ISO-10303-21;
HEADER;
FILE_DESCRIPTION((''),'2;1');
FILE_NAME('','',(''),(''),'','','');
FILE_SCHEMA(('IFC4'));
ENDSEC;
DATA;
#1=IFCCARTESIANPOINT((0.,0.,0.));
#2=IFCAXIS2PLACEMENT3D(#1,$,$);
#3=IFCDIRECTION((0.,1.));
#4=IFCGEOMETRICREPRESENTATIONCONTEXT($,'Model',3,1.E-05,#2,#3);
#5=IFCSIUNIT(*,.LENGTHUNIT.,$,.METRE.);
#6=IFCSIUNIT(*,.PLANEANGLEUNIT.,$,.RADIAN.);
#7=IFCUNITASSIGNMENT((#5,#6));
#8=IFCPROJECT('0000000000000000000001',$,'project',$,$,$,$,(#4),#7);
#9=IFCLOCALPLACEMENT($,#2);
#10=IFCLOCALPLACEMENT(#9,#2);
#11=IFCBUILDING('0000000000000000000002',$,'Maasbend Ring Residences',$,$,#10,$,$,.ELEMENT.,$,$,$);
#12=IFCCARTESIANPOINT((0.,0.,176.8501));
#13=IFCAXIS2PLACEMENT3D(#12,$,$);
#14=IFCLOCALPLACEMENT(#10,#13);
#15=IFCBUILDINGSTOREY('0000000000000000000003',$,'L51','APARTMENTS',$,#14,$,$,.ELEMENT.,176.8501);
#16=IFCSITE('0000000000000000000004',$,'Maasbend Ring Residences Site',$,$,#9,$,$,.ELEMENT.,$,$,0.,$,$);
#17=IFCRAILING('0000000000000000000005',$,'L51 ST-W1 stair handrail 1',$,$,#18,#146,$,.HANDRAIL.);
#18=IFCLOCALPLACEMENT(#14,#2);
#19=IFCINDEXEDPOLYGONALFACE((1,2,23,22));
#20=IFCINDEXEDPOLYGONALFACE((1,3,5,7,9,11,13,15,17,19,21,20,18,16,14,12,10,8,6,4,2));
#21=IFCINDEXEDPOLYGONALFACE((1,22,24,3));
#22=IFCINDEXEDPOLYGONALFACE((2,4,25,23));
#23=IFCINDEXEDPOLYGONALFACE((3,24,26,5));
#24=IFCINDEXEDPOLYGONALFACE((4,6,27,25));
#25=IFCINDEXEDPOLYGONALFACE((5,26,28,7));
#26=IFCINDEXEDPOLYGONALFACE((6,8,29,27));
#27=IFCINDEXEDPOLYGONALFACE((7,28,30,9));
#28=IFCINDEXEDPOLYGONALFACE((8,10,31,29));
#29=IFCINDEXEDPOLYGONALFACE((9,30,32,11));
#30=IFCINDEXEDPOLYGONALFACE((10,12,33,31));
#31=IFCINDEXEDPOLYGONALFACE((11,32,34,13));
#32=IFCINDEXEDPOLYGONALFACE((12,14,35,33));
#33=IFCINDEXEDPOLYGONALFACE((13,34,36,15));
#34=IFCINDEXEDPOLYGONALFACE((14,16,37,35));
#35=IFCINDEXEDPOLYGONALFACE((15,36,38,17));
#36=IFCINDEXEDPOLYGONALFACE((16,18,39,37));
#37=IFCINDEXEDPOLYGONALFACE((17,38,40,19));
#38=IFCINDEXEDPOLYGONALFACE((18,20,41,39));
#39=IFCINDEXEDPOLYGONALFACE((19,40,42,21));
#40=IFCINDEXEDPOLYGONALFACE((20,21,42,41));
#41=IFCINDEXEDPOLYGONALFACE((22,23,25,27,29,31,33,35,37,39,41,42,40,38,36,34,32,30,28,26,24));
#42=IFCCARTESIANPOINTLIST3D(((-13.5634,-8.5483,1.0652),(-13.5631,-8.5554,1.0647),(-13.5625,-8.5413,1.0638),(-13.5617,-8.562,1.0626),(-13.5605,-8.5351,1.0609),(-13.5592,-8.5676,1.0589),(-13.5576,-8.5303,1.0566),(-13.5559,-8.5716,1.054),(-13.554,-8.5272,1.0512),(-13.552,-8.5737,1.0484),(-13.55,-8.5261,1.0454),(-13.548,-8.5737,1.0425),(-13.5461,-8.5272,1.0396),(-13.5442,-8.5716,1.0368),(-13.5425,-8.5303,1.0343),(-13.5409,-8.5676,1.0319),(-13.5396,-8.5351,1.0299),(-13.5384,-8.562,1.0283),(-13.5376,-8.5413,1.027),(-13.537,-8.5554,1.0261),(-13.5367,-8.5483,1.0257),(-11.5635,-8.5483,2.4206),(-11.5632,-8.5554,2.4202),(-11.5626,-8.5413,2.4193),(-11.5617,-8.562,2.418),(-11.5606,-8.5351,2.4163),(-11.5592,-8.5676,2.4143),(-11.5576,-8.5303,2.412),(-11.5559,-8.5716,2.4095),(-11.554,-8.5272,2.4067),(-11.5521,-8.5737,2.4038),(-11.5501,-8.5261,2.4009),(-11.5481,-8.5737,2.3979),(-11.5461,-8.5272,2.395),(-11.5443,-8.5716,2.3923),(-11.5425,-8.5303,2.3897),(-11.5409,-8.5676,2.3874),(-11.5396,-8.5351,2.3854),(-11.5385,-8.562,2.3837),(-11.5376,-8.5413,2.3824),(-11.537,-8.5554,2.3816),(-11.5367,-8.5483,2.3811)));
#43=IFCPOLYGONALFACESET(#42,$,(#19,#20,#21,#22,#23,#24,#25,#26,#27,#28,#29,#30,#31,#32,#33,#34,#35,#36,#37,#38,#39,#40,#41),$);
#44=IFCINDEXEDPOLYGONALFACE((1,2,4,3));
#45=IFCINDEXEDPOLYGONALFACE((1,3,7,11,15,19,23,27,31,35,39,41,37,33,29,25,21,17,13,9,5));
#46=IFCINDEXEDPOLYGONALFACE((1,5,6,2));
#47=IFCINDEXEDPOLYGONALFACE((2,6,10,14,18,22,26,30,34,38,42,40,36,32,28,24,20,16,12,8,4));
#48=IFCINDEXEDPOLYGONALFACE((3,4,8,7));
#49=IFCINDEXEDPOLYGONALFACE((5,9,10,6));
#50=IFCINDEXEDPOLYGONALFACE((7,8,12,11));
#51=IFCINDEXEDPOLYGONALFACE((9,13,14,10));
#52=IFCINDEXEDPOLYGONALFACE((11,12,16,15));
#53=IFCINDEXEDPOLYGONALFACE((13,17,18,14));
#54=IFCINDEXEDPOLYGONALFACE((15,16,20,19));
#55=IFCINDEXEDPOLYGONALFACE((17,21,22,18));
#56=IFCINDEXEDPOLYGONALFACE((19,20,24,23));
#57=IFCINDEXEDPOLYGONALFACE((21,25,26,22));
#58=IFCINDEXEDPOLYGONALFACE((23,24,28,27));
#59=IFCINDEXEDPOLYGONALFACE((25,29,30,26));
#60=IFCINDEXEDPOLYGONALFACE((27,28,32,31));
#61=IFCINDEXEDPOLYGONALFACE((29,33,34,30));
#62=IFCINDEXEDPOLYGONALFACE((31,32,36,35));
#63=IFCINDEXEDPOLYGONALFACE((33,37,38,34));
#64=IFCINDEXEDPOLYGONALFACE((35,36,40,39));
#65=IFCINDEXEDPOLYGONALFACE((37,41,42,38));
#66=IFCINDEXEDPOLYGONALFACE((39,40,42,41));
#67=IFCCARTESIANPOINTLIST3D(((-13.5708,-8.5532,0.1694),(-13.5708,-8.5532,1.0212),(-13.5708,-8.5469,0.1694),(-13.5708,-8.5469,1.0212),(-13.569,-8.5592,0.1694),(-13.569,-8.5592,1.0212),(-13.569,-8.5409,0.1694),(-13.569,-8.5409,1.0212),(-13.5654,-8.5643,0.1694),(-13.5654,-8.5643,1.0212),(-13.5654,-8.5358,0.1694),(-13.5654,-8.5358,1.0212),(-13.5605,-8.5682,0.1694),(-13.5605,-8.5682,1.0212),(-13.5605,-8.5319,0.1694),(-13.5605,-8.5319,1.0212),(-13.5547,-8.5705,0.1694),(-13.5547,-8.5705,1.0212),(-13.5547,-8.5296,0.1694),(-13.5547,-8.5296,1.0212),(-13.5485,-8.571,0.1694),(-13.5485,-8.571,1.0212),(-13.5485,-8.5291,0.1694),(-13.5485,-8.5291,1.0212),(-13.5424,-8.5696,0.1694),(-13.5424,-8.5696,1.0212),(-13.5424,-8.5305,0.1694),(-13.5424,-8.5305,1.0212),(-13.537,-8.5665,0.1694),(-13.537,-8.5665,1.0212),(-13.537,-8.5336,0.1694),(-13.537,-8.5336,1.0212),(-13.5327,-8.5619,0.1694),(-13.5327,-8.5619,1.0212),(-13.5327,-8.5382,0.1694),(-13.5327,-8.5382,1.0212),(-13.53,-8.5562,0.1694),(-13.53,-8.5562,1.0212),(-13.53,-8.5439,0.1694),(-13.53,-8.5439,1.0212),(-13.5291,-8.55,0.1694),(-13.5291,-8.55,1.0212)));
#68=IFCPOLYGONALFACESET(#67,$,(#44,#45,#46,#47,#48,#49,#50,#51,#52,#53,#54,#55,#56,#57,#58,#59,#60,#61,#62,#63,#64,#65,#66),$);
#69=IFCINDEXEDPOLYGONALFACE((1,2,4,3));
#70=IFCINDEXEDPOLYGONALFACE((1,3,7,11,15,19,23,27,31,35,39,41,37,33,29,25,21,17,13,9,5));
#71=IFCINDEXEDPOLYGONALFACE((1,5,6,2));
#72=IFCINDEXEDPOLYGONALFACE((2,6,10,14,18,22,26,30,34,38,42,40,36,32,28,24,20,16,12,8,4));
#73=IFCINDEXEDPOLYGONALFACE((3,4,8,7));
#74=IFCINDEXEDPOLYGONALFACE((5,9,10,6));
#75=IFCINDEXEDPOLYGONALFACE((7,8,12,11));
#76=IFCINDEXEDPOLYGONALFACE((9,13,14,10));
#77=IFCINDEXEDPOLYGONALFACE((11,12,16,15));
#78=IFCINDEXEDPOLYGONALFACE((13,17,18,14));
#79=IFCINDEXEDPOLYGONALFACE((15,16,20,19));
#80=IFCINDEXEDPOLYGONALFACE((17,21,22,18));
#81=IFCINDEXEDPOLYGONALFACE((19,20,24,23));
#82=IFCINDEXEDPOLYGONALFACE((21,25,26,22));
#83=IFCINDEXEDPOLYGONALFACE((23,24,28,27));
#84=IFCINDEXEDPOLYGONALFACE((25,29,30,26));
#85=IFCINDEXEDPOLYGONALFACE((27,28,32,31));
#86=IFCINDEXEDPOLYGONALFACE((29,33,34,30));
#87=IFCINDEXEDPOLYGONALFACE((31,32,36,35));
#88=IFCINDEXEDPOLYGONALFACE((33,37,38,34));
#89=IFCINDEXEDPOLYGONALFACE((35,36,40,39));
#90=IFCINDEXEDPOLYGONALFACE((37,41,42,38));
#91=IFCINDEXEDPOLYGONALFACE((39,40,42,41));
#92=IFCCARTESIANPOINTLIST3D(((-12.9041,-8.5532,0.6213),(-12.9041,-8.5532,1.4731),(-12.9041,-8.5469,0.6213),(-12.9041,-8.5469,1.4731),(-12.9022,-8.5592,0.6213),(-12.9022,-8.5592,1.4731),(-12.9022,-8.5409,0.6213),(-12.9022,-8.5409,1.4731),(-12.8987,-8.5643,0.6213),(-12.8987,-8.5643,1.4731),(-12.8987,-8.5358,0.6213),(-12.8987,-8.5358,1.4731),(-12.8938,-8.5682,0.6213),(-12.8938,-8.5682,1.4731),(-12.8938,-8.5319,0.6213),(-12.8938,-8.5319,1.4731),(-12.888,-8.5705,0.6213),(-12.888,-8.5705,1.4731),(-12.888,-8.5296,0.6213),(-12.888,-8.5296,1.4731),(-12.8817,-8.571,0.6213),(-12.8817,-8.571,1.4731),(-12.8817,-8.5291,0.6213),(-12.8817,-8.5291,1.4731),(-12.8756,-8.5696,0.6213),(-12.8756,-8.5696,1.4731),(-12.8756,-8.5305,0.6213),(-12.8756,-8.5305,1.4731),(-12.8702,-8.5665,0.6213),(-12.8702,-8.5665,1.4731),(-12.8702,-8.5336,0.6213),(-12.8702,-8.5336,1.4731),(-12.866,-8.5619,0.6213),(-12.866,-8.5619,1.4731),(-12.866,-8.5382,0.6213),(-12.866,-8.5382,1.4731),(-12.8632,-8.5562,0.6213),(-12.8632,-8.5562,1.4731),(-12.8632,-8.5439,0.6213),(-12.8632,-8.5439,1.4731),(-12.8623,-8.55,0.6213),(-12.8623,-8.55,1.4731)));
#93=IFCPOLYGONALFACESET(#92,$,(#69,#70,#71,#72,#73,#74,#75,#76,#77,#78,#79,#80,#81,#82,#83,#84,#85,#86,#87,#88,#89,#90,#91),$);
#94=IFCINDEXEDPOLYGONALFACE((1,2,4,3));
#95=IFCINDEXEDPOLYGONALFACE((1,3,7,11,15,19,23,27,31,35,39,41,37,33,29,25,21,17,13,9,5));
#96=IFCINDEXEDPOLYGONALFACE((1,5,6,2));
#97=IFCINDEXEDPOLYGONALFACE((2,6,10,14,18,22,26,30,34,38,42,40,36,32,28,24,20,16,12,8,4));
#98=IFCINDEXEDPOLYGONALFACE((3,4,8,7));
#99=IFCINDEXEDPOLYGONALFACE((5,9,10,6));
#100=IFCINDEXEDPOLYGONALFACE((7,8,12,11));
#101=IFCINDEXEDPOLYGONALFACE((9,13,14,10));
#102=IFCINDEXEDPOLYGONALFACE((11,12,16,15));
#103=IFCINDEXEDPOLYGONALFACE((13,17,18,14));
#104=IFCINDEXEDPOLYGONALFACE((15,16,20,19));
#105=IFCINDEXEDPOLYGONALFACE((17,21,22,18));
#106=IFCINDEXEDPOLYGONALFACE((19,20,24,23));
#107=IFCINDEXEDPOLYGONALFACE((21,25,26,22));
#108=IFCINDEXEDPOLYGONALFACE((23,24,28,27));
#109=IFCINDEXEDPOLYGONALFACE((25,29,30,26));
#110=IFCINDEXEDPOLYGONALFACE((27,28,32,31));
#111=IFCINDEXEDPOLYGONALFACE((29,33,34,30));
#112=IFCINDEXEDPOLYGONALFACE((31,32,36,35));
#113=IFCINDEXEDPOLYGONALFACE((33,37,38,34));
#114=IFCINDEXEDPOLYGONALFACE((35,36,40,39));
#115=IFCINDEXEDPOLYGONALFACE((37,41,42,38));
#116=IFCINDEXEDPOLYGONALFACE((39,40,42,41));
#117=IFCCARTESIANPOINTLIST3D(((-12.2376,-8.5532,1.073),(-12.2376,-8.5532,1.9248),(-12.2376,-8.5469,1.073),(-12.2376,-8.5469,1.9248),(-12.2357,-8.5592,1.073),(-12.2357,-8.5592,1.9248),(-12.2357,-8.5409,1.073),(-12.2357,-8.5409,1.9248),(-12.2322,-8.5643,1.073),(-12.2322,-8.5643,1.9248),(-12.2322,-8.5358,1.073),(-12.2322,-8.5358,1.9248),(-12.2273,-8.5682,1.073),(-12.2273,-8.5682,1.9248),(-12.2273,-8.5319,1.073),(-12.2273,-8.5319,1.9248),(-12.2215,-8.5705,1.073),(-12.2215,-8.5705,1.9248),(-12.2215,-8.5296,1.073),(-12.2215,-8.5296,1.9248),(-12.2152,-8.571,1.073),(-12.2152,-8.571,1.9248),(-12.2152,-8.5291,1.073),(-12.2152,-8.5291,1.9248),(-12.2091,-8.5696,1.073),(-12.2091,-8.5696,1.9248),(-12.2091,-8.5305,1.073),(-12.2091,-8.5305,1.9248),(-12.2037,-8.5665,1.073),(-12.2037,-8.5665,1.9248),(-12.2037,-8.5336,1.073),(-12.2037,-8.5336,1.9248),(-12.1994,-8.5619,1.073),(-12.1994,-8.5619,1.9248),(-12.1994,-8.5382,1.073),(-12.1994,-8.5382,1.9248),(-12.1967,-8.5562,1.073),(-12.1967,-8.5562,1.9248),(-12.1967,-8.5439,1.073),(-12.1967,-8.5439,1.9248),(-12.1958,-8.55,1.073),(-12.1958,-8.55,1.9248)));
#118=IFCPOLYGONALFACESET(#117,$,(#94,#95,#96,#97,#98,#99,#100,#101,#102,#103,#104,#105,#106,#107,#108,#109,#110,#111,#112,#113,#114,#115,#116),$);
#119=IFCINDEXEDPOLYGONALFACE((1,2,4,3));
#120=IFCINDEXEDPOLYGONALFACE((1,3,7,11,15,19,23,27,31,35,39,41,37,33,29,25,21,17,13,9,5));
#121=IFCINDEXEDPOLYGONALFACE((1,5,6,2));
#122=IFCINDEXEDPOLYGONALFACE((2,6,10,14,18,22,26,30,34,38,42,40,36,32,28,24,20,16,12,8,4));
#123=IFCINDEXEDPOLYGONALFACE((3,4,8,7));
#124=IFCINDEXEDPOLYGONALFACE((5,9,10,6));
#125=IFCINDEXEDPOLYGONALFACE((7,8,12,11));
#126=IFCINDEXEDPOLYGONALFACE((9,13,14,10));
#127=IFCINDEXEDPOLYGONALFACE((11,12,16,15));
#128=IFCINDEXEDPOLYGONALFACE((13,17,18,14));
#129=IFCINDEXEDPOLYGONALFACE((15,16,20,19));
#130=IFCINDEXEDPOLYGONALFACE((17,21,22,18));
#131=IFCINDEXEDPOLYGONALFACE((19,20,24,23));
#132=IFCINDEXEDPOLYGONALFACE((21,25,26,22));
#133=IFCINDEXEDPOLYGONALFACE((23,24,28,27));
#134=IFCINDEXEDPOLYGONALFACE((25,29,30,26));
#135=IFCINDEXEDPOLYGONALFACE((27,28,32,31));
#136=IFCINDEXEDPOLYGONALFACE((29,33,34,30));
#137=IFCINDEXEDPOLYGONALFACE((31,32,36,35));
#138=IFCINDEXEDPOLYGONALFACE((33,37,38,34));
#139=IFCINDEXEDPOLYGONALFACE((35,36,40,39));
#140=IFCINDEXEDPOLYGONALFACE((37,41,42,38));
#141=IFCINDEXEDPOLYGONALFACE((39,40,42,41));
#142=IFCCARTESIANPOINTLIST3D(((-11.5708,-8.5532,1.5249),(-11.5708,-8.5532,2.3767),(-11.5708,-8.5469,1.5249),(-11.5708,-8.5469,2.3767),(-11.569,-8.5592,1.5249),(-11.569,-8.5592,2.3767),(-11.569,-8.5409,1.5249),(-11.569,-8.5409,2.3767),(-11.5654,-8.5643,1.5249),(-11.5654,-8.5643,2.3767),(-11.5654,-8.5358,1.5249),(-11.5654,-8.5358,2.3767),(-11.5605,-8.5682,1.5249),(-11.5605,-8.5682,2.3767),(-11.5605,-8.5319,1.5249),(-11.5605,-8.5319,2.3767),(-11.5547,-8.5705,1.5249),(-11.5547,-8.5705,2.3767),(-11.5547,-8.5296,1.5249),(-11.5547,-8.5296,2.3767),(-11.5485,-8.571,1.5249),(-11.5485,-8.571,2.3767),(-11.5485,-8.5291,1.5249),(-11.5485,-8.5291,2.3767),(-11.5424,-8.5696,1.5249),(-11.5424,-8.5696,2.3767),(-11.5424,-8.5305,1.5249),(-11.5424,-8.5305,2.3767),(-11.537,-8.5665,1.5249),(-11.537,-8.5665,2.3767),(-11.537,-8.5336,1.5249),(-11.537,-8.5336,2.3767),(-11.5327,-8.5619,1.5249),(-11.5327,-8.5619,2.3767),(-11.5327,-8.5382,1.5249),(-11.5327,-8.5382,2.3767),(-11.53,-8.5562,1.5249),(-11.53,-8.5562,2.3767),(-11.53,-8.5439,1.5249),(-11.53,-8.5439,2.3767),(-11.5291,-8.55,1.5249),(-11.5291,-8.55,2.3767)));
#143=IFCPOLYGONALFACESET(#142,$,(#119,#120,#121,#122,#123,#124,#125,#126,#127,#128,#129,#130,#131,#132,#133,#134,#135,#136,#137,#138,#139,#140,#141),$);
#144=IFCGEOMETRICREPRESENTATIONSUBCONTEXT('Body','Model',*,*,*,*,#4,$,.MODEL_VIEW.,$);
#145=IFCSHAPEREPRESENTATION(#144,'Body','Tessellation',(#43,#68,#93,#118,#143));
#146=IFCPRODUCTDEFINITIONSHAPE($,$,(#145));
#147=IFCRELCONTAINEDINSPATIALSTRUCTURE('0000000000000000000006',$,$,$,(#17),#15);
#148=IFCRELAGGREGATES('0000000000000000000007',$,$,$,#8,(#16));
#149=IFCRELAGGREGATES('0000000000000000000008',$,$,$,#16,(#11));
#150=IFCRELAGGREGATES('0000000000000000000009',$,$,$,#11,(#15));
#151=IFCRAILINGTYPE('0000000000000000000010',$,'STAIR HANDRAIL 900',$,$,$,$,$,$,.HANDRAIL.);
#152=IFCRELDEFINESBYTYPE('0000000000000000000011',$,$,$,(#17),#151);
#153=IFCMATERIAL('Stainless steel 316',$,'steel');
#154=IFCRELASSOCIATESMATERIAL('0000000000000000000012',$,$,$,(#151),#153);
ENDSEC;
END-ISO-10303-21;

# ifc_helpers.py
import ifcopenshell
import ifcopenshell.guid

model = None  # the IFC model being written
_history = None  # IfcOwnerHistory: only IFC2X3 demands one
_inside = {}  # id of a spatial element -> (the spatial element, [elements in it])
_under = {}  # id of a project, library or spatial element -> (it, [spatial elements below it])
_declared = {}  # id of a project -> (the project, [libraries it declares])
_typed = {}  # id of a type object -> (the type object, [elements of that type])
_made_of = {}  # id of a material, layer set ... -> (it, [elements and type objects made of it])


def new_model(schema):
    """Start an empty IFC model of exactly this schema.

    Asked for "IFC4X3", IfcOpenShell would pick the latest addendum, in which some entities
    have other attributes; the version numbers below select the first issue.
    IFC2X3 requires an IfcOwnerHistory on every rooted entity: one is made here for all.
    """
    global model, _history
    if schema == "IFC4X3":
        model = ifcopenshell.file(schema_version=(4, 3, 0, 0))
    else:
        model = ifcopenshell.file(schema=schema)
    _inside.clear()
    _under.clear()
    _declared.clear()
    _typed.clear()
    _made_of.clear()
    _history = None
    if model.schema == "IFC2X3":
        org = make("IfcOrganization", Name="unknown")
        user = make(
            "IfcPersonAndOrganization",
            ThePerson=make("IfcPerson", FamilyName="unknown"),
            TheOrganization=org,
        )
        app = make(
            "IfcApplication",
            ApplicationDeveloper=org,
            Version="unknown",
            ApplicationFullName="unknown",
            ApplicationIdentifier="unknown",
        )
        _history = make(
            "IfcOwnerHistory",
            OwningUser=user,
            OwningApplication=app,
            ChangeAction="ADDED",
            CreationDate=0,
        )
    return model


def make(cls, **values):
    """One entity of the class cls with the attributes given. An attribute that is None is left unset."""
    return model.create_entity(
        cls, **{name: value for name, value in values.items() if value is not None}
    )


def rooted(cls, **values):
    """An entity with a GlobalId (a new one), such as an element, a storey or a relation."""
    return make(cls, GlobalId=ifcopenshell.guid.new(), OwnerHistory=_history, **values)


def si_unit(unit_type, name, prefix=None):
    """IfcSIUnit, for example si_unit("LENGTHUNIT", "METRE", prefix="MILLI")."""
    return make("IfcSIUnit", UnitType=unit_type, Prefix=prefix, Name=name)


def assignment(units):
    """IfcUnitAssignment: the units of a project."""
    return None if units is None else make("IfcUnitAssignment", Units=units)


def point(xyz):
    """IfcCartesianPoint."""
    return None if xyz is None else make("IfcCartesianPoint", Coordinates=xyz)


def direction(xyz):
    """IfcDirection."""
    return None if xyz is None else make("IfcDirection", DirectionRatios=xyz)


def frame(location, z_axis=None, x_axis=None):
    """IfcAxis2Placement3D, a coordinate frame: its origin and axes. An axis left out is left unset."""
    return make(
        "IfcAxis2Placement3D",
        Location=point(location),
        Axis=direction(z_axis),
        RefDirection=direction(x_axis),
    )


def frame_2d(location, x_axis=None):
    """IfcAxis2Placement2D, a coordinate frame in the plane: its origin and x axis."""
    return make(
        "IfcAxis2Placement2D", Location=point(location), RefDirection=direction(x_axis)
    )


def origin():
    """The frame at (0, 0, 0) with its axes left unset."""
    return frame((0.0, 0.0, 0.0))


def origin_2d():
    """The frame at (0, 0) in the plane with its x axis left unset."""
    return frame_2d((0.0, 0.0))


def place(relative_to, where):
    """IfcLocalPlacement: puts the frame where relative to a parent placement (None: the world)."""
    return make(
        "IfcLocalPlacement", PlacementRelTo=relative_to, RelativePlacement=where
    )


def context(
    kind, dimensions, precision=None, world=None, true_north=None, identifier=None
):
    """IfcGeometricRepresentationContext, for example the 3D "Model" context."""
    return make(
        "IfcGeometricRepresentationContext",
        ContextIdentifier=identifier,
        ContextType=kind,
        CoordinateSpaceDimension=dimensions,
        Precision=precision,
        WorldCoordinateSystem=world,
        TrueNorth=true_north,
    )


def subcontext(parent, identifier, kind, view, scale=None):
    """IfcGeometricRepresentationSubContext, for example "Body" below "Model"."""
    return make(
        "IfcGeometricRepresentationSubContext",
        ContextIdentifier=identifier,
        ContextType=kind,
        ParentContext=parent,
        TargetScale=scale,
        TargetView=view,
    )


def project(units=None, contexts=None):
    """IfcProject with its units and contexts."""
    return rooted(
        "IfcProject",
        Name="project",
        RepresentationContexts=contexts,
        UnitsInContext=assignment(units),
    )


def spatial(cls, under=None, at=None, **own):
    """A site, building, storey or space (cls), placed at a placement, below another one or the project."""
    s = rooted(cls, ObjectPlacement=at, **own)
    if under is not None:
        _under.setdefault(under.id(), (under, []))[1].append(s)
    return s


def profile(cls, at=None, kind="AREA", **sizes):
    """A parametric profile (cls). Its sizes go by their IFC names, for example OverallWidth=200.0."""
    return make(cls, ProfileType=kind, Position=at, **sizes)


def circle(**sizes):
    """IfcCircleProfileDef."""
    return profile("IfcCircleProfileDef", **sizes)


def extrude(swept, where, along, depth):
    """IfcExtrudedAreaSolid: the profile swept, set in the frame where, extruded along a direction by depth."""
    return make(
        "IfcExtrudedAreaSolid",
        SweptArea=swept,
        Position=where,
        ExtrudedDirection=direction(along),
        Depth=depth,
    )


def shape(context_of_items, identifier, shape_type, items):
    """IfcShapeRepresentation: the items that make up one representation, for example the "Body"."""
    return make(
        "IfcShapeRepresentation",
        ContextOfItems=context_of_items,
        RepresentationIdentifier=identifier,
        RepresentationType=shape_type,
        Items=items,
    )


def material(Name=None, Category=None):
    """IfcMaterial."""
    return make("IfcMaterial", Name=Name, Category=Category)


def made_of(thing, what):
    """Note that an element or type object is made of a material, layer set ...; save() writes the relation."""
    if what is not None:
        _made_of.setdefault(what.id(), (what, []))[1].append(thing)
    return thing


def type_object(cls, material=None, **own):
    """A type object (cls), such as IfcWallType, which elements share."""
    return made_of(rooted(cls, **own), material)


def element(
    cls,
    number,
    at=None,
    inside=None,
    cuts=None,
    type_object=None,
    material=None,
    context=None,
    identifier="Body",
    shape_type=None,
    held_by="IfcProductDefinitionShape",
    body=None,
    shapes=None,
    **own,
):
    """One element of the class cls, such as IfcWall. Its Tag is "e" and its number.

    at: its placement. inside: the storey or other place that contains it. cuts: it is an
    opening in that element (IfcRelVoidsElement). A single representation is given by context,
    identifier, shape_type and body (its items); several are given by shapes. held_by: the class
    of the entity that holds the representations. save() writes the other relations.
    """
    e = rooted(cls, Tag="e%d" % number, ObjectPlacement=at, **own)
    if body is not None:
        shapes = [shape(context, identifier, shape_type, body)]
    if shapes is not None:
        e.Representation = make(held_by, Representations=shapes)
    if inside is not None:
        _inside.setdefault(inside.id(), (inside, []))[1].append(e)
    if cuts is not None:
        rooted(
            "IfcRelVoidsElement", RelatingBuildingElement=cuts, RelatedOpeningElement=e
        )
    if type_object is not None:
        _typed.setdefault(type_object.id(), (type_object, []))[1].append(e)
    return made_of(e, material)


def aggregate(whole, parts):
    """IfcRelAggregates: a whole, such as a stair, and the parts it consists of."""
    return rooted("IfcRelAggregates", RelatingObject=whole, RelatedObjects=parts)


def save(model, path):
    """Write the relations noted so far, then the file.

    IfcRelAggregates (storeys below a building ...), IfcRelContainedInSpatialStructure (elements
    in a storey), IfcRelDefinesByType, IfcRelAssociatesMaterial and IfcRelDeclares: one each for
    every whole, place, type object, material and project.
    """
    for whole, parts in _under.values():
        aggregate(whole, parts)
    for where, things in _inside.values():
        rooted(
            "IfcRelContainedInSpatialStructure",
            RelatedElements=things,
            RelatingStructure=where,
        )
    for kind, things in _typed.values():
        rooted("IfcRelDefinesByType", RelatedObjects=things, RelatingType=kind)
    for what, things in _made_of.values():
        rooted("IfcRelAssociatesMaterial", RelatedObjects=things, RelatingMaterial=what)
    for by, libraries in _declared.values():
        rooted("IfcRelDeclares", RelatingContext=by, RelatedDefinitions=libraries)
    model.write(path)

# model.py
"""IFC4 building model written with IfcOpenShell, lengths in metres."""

from ifc_helpers import new_model, si_unit, direction, frame, origin, origin_2d, place, context, subcontext, project, spatial, circle, extrude, material, type_object, element, save


model = new_model("IFC4")

# Units and contexts
model_context = context("Model", 3, precision=1e-05, world=origin(), true_north=direction((0.0, 1.0)))
body_context = subcontext(model_context, "Body", "Model", "MODEL_VIEW")
ifc_project = project(units=[si_unit("LENGTHUNIT", "METRE"), si_unit("PLANEANGLEUNIT", "RADIAN")], contexts=[model_context])

# Site, building, storey
site_placement = place(None, origin())
site = spatial("IfcSite", under=ifc_project, at=site_placement, Name="Maasbend Ring Residences Site", CompositionType="ELEMENT", RefElevation=0.0)
building_placement = place(site_placement, origin())
building = spatial("IfcBuilding", under=site, at=building_placement, Name="Maasbend Ring Residences", CompositionType="ELEMENT")
storey_placement = place(building_placement, frame((0.0, 0.0, 176.8501)))
storey = spatial("IfcBuildingStorey", under=building, at=storey_placement, Name="L51", Description="APARTMENTS", CompositionType="ELEMENT", Elevation=176.8501)

# Railing
ifc_material_1 = material(Name="Stainless steel 316", Category="steel")
railing_type_1 = type_object("IfcRailingType", Name="STAIR HANDRAIL 900", PredefinedType="HANDRAIL", material=ifc_material_1)
railing_1_placement = place(storey_placement, frame((-13.55, -8.55, 0.1694)))
element("IfcRailing", 1, at=railing_1_placement, inside=storey, type_object=railing_type_1, Name="L51 ST-W1 stair handrail 1", PredefinedType="HANDRAIL", context=body_context, shape_type="SweptSolid", body=[
    extrude(circle(Radius=0.0239, at=origin_2d()), frame((0.0, 0.0, 0.876), z_axis=(0.827798, 0.0, 0.561027), x_axis=(0.0, 1.0, 0.0)), (0.0, 0.0, 1.0), 2.416),
    extrude(circle(Radius=0.021, at=origin_2d()), origin(), (0.0, 0.0, 1.0), 0.8518),
    extrude(circle(Radius=0.021, at=origin_2d()), frame((0.6667, 0.0, 0.4519)), (0.0, 0.0, 1.0), 0.8518),
    extrude(circle(Radius=0.021, at=origin_2d()), frame((1.3333, 0.0, 0.9036)), (0.0, 0.0, 1.0), 0.8518),
    extrude(circle(Radius=0.021, at=origin_2d()), frame((2.0, 0.0, 1.3555)), (0.0, 0.0, 1.0), 0.8518),
])

save(model, "model.ifc")
